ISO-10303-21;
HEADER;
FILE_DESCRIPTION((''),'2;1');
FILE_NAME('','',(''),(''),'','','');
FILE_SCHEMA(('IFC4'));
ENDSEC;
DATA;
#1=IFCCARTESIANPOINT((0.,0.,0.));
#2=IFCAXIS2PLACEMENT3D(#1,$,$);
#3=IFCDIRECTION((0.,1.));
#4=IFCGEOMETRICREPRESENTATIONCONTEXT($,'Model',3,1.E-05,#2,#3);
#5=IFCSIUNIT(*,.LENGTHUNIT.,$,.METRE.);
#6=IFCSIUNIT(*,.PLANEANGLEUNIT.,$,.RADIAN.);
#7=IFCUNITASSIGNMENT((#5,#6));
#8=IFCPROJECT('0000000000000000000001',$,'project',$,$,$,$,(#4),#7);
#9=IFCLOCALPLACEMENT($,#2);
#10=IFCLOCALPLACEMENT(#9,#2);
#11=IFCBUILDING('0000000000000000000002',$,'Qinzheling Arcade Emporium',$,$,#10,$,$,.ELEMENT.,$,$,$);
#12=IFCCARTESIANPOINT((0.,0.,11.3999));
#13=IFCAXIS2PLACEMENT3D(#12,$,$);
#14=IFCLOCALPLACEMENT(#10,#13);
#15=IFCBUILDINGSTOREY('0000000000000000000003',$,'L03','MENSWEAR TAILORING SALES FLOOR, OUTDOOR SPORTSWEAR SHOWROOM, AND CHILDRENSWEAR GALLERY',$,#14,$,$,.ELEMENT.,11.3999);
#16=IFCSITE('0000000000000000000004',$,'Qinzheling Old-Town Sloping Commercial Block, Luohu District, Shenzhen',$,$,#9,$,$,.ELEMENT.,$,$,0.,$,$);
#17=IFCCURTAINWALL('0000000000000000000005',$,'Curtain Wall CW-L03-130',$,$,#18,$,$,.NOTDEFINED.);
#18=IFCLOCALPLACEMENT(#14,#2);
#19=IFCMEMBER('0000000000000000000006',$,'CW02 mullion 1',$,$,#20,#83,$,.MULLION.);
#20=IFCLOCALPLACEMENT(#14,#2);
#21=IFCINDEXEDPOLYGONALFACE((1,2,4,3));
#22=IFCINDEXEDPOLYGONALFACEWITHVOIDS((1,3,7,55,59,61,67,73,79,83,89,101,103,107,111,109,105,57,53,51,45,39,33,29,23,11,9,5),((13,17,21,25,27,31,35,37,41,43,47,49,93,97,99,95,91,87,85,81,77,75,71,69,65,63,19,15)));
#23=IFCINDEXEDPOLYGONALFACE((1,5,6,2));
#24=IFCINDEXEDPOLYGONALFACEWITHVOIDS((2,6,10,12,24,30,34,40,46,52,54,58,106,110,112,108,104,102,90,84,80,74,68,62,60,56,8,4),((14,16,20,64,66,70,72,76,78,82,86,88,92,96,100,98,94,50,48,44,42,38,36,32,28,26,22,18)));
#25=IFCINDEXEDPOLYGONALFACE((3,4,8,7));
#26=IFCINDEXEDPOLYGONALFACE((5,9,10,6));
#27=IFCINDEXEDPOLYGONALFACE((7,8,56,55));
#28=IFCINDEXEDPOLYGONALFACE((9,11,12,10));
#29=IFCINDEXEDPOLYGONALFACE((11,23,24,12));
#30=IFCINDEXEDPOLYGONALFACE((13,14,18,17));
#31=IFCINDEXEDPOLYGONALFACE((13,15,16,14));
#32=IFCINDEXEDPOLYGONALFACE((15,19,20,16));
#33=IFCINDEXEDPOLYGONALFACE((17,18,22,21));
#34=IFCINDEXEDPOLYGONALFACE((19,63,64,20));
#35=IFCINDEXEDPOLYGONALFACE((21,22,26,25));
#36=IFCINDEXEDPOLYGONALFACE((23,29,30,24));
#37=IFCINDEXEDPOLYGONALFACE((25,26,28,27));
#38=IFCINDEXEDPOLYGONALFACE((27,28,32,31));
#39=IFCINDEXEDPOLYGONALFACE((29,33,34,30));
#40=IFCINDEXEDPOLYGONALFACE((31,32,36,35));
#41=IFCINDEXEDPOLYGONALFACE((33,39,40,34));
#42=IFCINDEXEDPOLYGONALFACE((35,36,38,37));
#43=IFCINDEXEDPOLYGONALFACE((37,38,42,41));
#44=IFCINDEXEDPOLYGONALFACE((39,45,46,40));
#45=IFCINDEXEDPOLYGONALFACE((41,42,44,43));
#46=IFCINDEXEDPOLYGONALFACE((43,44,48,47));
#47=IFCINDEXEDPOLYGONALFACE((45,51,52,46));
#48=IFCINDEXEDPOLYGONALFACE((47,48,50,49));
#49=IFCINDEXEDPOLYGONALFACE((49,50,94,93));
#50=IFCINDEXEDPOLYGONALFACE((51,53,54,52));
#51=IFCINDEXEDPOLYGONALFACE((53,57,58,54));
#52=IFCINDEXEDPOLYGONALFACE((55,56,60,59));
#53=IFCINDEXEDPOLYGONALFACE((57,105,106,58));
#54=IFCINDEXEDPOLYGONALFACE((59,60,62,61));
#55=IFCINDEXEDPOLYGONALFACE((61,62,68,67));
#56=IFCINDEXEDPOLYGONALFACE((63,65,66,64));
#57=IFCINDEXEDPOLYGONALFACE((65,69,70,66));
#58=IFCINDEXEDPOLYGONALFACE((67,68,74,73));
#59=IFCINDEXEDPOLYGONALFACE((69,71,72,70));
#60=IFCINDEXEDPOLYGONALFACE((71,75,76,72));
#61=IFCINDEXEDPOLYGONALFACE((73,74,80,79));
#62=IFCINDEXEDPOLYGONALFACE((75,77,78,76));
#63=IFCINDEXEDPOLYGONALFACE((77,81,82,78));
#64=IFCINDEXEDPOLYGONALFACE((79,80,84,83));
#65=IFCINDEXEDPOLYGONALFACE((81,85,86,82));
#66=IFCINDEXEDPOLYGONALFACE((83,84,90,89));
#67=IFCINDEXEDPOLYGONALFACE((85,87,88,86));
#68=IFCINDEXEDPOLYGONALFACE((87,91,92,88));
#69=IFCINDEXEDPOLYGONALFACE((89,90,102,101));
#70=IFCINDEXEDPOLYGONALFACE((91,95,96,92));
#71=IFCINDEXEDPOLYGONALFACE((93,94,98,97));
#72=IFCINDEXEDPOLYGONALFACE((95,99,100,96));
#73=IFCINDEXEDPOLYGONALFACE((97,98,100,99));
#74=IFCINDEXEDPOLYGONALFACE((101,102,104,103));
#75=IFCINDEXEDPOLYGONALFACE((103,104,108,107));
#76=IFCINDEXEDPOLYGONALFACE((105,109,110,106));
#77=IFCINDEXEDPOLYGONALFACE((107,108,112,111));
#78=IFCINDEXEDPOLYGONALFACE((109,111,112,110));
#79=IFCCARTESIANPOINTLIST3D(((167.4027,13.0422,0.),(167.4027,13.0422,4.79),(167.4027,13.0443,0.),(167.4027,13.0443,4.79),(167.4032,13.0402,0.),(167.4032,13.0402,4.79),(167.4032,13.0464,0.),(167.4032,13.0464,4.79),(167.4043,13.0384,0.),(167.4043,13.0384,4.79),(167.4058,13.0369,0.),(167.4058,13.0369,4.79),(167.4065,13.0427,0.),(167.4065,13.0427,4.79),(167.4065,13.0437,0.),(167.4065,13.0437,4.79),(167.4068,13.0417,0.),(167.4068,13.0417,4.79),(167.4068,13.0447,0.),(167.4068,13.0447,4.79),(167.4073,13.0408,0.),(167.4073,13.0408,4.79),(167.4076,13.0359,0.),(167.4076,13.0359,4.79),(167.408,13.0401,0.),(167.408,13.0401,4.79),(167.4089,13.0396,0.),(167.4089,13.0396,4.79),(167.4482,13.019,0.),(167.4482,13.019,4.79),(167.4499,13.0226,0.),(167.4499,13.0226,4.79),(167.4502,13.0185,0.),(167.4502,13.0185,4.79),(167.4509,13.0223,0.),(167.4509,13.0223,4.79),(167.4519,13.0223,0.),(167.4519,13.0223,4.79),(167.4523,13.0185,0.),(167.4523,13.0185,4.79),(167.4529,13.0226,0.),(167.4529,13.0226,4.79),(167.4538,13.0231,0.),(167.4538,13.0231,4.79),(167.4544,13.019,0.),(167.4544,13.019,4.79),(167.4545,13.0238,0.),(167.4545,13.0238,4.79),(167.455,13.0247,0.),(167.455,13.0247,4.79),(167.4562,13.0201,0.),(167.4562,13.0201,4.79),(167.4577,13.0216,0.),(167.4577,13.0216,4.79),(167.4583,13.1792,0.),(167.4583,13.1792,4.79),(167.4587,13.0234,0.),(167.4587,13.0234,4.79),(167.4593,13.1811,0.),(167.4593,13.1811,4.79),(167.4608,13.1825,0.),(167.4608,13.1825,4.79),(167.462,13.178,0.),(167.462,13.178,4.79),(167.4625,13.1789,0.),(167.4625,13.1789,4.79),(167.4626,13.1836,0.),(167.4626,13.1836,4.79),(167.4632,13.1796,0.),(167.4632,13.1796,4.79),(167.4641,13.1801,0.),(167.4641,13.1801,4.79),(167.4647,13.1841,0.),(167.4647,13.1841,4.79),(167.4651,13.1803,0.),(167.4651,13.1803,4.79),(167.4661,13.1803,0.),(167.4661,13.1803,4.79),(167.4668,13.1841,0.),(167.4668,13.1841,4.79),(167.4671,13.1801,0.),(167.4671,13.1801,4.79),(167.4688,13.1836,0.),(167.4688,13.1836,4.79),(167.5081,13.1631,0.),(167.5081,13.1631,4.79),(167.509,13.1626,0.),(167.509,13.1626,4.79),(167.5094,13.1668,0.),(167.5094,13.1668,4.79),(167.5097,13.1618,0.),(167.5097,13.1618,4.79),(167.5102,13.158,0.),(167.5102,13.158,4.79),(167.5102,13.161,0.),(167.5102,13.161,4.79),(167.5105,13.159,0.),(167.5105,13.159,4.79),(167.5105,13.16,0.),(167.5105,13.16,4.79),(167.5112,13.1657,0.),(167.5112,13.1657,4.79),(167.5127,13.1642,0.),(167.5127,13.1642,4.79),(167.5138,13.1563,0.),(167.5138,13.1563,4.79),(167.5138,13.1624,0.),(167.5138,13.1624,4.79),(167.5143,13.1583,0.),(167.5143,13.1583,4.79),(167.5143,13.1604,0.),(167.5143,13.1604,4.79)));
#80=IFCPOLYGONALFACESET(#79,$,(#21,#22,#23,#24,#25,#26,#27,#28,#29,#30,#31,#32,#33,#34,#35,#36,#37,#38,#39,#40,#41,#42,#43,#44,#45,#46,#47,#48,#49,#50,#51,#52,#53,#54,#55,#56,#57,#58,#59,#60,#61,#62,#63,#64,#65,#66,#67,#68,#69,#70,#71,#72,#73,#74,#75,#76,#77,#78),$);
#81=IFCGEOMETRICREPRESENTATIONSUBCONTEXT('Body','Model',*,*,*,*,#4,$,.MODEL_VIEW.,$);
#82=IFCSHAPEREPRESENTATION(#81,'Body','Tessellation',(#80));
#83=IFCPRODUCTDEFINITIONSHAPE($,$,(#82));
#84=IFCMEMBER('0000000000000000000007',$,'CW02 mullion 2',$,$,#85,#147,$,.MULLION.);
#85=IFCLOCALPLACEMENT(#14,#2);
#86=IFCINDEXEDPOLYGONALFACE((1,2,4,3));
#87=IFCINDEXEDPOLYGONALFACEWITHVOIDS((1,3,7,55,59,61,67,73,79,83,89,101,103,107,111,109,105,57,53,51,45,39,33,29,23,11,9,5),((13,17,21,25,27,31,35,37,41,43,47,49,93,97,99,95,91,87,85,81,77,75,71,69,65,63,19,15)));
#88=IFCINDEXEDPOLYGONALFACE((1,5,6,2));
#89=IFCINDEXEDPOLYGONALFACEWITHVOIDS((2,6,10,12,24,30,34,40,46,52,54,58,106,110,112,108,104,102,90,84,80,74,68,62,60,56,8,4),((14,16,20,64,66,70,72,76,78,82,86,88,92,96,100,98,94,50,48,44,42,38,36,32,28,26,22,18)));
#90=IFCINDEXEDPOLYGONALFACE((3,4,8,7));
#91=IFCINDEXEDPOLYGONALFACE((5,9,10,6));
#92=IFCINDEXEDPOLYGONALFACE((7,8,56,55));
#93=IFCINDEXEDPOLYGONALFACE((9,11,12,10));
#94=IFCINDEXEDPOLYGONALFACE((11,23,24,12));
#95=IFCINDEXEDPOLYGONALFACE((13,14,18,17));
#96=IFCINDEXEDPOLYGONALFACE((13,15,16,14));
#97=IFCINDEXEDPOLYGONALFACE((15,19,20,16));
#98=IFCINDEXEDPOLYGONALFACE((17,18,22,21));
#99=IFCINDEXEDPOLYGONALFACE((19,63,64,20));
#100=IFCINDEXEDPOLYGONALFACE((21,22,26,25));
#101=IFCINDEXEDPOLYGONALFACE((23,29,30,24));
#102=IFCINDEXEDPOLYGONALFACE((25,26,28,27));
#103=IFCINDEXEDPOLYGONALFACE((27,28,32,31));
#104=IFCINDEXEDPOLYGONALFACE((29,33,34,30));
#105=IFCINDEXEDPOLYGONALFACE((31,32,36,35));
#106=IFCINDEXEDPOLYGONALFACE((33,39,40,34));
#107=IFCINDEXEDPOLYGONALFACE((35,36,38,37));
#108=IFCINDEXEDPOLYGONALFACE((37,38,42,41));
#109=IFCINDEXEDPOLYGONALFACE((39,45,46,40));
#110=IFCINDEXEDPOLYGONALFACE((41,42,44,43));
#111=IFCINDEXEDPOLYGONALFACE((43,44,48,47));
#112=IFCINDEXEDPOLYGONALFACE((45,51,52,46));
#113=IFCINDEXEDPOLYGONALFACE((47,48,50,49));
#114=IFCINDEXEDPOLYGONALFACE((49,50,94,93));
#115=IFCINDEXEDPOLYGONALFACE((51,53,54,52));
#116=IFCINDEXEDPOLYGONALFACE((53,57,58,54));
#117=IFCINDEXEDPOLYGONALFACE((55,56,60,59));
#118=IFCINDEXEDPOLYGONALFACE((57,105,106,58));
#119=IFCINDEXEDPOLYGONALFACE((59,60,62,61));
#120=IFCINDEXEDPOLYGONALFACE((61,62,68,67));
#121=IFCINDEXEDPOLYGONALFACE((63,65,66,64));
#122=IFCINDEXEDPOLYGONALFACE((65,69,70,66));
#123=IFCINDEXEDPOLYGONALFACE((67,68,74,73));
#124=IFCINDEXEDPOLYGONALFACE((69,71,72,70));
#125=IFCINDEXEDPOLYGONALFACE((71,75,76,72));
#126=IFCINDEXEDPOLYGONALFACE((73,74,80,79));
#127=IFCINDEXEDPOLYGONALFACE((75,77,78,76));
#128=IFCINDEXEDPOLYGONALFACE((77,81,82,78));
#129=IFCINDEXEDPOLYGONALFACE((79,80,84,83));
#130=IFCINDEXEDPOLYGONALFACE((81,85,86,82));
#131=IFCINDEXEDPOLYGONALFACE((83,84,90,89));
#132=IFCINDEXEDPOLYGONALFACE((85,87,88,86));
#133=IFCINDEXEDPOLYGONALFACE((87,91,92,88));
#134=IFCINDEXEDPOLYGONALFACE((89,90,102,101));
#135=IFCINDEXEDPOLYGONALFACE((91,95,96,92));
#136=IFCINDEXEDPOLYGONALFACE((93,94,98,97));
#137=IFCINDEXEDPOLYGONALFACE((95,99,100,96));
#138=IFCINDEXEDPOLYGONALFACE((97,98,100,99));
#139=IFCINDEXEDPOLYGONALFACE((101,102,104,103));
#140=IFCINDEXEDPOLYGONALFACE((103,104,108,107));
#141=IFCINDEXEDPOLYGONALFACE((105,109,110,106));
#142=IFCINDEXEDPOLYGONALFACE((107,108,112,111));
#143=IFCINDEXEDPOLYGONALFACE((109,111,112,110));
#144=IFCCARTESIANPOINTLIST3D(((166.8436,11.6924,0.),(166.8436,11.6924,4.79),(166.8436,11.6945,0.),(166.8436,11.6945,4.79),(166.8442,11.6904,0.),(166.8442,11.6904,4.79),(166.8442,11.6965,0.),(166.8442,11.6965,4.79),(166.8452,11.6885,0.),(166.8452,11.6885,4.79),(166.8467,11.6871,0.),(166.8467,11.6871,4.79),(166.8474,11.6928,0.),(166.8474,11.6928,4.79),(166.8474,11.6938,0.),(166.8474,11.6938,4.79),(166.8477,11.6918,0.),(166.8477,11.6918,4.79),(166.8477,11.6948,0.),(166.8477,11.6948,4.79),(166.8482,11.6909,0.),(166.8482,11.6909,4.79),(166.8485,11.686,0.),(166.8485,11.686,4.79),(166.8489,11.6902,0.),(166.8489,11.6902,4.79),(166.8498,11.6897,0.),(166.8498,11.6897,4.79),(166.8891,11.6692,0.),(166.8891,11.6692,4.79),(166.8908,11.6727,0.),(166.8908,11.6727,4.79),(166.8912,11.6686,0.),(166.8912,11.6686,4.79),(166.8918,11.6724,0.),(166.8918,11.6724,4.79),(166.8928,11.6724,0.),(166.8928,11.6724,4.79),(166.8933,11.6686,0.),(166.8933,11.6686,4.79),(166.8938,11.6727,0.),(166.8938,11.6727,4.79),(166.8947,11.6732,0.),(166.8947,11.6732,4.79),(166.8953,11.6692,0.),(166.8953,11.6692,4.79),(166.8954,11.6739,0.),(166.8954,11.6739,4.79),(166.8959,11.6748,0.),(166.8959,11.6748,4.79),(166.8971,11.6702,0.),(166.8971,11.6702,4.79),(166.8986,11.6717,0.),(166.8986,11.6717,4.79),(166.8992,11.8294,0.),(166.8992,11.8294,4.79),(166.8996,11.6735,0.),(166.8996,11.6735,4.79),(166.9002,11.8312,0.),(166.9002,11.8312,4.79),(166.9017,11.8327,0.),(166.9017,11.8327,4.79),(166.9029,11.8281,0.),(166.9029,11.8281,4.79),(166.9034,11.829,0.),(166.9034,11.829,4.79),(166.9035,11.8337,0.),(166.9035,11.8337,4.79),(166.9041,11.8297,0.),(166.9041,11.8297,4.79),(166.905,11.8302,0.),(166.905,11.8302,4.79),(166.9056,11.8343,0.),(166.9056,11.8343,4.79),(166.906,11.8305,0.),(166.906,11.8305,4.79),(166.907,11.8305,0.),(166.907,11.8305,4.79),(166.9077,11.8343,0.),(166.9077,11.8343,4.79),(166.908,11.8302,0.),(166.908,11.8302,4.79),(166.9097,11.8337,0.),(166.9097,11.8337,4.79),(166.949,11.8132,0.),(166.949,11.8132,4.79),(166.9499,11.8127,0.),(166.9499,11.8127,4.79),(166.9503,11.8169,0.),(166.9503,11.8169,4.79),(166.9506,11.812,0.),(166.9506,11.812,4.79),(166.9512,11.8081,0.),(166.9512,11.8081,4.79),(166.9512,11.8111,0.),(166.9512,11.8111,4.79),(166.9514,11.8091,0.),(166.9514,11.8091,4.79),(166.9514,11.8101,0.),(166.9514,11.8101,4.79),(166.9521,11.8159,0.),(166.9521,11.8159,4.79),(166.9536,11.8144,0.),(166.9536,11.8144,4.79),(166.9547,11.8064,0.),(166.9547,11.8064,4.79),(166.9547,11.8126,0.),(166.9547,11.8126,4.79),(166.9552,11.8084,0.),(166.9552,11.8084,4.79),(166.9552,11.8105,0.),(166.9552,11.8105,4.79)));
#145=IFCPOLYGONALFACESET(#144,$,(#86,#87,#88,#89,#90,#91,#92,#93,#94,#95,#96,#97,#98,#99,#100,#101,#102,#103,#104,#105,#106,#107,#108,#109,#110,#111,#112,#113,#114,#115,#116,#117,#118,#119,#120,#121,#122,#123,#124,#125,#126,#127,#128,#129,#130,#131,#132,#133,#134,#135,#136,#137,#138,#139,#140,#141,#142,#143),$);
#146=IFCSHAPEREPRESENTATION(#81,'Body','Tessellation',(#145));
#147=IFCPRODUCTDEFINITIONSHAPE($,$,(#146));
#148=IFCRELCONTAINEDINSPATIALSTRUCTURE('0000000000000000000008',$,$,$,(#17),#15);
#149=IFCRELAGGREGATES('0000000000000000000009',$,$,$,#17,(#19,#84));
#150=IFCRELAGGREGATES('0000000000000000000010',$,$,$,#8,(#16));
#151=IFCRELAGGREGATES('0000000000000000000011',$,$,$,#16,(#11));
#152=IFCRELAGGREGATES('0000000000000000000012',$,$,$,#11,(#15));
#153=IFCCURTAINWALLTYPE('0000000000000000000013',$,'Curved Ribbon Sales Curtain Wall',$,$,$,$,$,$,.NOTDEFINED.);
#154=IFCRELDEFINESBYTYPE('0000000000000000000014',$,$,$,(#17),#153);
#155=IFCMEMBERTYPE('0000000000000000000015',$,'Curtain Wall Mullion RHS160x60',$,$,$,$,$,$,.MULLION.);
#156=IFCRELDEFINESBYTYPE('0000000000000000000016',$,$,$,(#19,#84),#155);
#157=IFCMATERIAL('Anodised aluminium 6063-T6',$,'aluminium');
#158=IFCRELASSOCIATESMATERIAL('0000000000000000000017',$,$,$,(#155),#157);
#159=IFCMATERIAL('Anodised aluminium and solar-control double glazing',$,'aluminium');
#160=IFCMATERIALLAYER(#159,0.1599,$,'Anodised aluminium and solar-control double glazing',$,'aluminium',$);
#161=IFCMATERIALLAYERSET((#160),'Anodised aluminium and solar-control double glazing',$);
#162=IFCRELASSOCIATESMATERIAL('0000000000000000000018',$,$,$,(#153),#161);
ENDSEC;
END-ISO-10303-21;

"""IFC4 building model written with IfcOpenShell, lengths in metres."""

from ifc_helpers import new_model, si_unit, direction, frame, origin, origin_2d, place, context, subcontext, project, spatial, hollow_rectangle, extrude, material, layer, layer_set, material_profile, profile_set, type_object, element, aggregate, save


model = new_model("IFC4")

# Units and contexts
model_context = context("Model", 3, precision=1e-05, world=origin(), true_north=direction((0.0, 1.0)))
body_context = subcontext(model_context, "Body", "Model", "MODEL_VIEW")
ifc_project = project(units=[si_unit("LENGTHUNIT", "METRE"), si_unit("PLANEANGLEUNIT", "RADIAN")], contexts=[model_context])

# Site, building, storey
site_placement = place(None, origin())
site = spatial("IfcSite", under=ifc_project, at=site_placement, Name="Qinzheling Old-Town Sloping Commercial Block, Luohu District, Shenzhen", CompositionType="ELEMENT", RefElevation=0.0)
building_placement = place(site_placement, origin())
building = spatial("IfcBuilding", under=site, at=building_placement, Name="Qinzheling Arcade Emporium", CompositionType="ELEMENT")
storey_placement = place(building_placement, frame((0.0, 0.0, 11.3999)))
storey = spatial("IfcBuildingStorey", under=building, at=storey_placement, Name="L03", Description="MENSWEAR TAILORING SALES FLOOR, OUTDOOR SPORTSWEAR SHOWROOM, AND CHILDRENSWEAR GALLERY", CompositionType="ELEMENT", Elevation=11.3999)

# Shared definitions
ifc_material_1 = material(Name="Anodised aluminium and solar-control double glazing", Category="aluminium")
ifc_material_2 = material(Name="Anodised aluminium 6063-T6", Category="aluminium")
ifc_material_profile_1 = material_profile(ifc_material_2, hollow_rectangle(XDim=0.0601, YDim=0.1599, WallThickness=0.0039, InnerFilletRadius=0.0039, OuterFilletRadius=0.0081, at=origin_2d()), Name="RHS 160x60x4", Category="aluminium")
ifc_profile_set_1 = profile_set([ifc_material_profile_1], Name="Anodised aluminium 6063-T6")
member_type_1 = type_object("IfcMemberType", Name="Curtain Wall Mullion RHS160x60", PredefinedType="MULLION", material=ifc_profile_set_1)

# Curtain wall, members
ifc_layer_1 = layer(ifc_material_1, 0.1599, Name="Anodised aluminium and solar-control double glazing", Category="aluminium")
ifc_layer_set_1 = layer_set([ifc_layer_1], Name="Anodised aluminium and solar-control double glazing")
curtain_wall_type_1 = type_object("IfcCurtainWallType", Name="Curved Ribbon Sales Curtain Wall", PredefinedType="NOTDEFINED", material=ifc_layer_set_1)
curtain_wall_1_placement = place(storey_placement, origin())
curtain_wall_1 = element("IfcCurtainWall", 1, at=curtain_wall_1_placement, inside=storey, type_object=curtain_wall_type_1, Name="Curtain Wall CW-L03-130", PredefinedType="NOTDEFINED")
member_1_placement = place(storey_placement, frame((167.4585, 13.1013, 0.0), z_axis=(0.0, 0.0, 1.0), x_axis=(0.923898, -0.382638, 0.0)))
member_1 = element("IfcMember", 2, at=member_1_placement, type_object=member_type_1, Name="CW02 mullion 1", PredefinedType="MULLION", context=body_context, shape_type="SweptSolid", body=[
    extrude(hollow_rectangle(XDim=0.0601, YDim=0.1599, WallThickness=0.0039, InnerFilletRadius=0.0039, OuterFilletRadius=0.0081, at=origin_2d()), origin(), (0.0, 0.0, 1.0), 4.79),
])
member_2_placement = place(storey_placement, frame((166.8994, 11.7515, 0.0), z_axis=(0.0, 0.0, 1.0), x_axis=(0.923898, -0.382638, 0.0)))
member_2 = element("IfcMember", 3, at=member_2_placement, type_object=member_type_1, Name="CW02 mullion 2", PredefinedType="MULLION", context=body_context, shape_type="SweptSolid", body=[
    extrude(hollow_rectangle(XDim=0.0601, YDim=0.1599, WallThickness=0.0039, InnerFilletRadius=0.0039, OuterFilletRadius=0.0081, at=origin_2d()), origin(), (0.0, 0.0, 1.0), 4.79),
])

aggregate(curtain_wall_1, [member_1, member_2])

save(model, "model.ifc")
